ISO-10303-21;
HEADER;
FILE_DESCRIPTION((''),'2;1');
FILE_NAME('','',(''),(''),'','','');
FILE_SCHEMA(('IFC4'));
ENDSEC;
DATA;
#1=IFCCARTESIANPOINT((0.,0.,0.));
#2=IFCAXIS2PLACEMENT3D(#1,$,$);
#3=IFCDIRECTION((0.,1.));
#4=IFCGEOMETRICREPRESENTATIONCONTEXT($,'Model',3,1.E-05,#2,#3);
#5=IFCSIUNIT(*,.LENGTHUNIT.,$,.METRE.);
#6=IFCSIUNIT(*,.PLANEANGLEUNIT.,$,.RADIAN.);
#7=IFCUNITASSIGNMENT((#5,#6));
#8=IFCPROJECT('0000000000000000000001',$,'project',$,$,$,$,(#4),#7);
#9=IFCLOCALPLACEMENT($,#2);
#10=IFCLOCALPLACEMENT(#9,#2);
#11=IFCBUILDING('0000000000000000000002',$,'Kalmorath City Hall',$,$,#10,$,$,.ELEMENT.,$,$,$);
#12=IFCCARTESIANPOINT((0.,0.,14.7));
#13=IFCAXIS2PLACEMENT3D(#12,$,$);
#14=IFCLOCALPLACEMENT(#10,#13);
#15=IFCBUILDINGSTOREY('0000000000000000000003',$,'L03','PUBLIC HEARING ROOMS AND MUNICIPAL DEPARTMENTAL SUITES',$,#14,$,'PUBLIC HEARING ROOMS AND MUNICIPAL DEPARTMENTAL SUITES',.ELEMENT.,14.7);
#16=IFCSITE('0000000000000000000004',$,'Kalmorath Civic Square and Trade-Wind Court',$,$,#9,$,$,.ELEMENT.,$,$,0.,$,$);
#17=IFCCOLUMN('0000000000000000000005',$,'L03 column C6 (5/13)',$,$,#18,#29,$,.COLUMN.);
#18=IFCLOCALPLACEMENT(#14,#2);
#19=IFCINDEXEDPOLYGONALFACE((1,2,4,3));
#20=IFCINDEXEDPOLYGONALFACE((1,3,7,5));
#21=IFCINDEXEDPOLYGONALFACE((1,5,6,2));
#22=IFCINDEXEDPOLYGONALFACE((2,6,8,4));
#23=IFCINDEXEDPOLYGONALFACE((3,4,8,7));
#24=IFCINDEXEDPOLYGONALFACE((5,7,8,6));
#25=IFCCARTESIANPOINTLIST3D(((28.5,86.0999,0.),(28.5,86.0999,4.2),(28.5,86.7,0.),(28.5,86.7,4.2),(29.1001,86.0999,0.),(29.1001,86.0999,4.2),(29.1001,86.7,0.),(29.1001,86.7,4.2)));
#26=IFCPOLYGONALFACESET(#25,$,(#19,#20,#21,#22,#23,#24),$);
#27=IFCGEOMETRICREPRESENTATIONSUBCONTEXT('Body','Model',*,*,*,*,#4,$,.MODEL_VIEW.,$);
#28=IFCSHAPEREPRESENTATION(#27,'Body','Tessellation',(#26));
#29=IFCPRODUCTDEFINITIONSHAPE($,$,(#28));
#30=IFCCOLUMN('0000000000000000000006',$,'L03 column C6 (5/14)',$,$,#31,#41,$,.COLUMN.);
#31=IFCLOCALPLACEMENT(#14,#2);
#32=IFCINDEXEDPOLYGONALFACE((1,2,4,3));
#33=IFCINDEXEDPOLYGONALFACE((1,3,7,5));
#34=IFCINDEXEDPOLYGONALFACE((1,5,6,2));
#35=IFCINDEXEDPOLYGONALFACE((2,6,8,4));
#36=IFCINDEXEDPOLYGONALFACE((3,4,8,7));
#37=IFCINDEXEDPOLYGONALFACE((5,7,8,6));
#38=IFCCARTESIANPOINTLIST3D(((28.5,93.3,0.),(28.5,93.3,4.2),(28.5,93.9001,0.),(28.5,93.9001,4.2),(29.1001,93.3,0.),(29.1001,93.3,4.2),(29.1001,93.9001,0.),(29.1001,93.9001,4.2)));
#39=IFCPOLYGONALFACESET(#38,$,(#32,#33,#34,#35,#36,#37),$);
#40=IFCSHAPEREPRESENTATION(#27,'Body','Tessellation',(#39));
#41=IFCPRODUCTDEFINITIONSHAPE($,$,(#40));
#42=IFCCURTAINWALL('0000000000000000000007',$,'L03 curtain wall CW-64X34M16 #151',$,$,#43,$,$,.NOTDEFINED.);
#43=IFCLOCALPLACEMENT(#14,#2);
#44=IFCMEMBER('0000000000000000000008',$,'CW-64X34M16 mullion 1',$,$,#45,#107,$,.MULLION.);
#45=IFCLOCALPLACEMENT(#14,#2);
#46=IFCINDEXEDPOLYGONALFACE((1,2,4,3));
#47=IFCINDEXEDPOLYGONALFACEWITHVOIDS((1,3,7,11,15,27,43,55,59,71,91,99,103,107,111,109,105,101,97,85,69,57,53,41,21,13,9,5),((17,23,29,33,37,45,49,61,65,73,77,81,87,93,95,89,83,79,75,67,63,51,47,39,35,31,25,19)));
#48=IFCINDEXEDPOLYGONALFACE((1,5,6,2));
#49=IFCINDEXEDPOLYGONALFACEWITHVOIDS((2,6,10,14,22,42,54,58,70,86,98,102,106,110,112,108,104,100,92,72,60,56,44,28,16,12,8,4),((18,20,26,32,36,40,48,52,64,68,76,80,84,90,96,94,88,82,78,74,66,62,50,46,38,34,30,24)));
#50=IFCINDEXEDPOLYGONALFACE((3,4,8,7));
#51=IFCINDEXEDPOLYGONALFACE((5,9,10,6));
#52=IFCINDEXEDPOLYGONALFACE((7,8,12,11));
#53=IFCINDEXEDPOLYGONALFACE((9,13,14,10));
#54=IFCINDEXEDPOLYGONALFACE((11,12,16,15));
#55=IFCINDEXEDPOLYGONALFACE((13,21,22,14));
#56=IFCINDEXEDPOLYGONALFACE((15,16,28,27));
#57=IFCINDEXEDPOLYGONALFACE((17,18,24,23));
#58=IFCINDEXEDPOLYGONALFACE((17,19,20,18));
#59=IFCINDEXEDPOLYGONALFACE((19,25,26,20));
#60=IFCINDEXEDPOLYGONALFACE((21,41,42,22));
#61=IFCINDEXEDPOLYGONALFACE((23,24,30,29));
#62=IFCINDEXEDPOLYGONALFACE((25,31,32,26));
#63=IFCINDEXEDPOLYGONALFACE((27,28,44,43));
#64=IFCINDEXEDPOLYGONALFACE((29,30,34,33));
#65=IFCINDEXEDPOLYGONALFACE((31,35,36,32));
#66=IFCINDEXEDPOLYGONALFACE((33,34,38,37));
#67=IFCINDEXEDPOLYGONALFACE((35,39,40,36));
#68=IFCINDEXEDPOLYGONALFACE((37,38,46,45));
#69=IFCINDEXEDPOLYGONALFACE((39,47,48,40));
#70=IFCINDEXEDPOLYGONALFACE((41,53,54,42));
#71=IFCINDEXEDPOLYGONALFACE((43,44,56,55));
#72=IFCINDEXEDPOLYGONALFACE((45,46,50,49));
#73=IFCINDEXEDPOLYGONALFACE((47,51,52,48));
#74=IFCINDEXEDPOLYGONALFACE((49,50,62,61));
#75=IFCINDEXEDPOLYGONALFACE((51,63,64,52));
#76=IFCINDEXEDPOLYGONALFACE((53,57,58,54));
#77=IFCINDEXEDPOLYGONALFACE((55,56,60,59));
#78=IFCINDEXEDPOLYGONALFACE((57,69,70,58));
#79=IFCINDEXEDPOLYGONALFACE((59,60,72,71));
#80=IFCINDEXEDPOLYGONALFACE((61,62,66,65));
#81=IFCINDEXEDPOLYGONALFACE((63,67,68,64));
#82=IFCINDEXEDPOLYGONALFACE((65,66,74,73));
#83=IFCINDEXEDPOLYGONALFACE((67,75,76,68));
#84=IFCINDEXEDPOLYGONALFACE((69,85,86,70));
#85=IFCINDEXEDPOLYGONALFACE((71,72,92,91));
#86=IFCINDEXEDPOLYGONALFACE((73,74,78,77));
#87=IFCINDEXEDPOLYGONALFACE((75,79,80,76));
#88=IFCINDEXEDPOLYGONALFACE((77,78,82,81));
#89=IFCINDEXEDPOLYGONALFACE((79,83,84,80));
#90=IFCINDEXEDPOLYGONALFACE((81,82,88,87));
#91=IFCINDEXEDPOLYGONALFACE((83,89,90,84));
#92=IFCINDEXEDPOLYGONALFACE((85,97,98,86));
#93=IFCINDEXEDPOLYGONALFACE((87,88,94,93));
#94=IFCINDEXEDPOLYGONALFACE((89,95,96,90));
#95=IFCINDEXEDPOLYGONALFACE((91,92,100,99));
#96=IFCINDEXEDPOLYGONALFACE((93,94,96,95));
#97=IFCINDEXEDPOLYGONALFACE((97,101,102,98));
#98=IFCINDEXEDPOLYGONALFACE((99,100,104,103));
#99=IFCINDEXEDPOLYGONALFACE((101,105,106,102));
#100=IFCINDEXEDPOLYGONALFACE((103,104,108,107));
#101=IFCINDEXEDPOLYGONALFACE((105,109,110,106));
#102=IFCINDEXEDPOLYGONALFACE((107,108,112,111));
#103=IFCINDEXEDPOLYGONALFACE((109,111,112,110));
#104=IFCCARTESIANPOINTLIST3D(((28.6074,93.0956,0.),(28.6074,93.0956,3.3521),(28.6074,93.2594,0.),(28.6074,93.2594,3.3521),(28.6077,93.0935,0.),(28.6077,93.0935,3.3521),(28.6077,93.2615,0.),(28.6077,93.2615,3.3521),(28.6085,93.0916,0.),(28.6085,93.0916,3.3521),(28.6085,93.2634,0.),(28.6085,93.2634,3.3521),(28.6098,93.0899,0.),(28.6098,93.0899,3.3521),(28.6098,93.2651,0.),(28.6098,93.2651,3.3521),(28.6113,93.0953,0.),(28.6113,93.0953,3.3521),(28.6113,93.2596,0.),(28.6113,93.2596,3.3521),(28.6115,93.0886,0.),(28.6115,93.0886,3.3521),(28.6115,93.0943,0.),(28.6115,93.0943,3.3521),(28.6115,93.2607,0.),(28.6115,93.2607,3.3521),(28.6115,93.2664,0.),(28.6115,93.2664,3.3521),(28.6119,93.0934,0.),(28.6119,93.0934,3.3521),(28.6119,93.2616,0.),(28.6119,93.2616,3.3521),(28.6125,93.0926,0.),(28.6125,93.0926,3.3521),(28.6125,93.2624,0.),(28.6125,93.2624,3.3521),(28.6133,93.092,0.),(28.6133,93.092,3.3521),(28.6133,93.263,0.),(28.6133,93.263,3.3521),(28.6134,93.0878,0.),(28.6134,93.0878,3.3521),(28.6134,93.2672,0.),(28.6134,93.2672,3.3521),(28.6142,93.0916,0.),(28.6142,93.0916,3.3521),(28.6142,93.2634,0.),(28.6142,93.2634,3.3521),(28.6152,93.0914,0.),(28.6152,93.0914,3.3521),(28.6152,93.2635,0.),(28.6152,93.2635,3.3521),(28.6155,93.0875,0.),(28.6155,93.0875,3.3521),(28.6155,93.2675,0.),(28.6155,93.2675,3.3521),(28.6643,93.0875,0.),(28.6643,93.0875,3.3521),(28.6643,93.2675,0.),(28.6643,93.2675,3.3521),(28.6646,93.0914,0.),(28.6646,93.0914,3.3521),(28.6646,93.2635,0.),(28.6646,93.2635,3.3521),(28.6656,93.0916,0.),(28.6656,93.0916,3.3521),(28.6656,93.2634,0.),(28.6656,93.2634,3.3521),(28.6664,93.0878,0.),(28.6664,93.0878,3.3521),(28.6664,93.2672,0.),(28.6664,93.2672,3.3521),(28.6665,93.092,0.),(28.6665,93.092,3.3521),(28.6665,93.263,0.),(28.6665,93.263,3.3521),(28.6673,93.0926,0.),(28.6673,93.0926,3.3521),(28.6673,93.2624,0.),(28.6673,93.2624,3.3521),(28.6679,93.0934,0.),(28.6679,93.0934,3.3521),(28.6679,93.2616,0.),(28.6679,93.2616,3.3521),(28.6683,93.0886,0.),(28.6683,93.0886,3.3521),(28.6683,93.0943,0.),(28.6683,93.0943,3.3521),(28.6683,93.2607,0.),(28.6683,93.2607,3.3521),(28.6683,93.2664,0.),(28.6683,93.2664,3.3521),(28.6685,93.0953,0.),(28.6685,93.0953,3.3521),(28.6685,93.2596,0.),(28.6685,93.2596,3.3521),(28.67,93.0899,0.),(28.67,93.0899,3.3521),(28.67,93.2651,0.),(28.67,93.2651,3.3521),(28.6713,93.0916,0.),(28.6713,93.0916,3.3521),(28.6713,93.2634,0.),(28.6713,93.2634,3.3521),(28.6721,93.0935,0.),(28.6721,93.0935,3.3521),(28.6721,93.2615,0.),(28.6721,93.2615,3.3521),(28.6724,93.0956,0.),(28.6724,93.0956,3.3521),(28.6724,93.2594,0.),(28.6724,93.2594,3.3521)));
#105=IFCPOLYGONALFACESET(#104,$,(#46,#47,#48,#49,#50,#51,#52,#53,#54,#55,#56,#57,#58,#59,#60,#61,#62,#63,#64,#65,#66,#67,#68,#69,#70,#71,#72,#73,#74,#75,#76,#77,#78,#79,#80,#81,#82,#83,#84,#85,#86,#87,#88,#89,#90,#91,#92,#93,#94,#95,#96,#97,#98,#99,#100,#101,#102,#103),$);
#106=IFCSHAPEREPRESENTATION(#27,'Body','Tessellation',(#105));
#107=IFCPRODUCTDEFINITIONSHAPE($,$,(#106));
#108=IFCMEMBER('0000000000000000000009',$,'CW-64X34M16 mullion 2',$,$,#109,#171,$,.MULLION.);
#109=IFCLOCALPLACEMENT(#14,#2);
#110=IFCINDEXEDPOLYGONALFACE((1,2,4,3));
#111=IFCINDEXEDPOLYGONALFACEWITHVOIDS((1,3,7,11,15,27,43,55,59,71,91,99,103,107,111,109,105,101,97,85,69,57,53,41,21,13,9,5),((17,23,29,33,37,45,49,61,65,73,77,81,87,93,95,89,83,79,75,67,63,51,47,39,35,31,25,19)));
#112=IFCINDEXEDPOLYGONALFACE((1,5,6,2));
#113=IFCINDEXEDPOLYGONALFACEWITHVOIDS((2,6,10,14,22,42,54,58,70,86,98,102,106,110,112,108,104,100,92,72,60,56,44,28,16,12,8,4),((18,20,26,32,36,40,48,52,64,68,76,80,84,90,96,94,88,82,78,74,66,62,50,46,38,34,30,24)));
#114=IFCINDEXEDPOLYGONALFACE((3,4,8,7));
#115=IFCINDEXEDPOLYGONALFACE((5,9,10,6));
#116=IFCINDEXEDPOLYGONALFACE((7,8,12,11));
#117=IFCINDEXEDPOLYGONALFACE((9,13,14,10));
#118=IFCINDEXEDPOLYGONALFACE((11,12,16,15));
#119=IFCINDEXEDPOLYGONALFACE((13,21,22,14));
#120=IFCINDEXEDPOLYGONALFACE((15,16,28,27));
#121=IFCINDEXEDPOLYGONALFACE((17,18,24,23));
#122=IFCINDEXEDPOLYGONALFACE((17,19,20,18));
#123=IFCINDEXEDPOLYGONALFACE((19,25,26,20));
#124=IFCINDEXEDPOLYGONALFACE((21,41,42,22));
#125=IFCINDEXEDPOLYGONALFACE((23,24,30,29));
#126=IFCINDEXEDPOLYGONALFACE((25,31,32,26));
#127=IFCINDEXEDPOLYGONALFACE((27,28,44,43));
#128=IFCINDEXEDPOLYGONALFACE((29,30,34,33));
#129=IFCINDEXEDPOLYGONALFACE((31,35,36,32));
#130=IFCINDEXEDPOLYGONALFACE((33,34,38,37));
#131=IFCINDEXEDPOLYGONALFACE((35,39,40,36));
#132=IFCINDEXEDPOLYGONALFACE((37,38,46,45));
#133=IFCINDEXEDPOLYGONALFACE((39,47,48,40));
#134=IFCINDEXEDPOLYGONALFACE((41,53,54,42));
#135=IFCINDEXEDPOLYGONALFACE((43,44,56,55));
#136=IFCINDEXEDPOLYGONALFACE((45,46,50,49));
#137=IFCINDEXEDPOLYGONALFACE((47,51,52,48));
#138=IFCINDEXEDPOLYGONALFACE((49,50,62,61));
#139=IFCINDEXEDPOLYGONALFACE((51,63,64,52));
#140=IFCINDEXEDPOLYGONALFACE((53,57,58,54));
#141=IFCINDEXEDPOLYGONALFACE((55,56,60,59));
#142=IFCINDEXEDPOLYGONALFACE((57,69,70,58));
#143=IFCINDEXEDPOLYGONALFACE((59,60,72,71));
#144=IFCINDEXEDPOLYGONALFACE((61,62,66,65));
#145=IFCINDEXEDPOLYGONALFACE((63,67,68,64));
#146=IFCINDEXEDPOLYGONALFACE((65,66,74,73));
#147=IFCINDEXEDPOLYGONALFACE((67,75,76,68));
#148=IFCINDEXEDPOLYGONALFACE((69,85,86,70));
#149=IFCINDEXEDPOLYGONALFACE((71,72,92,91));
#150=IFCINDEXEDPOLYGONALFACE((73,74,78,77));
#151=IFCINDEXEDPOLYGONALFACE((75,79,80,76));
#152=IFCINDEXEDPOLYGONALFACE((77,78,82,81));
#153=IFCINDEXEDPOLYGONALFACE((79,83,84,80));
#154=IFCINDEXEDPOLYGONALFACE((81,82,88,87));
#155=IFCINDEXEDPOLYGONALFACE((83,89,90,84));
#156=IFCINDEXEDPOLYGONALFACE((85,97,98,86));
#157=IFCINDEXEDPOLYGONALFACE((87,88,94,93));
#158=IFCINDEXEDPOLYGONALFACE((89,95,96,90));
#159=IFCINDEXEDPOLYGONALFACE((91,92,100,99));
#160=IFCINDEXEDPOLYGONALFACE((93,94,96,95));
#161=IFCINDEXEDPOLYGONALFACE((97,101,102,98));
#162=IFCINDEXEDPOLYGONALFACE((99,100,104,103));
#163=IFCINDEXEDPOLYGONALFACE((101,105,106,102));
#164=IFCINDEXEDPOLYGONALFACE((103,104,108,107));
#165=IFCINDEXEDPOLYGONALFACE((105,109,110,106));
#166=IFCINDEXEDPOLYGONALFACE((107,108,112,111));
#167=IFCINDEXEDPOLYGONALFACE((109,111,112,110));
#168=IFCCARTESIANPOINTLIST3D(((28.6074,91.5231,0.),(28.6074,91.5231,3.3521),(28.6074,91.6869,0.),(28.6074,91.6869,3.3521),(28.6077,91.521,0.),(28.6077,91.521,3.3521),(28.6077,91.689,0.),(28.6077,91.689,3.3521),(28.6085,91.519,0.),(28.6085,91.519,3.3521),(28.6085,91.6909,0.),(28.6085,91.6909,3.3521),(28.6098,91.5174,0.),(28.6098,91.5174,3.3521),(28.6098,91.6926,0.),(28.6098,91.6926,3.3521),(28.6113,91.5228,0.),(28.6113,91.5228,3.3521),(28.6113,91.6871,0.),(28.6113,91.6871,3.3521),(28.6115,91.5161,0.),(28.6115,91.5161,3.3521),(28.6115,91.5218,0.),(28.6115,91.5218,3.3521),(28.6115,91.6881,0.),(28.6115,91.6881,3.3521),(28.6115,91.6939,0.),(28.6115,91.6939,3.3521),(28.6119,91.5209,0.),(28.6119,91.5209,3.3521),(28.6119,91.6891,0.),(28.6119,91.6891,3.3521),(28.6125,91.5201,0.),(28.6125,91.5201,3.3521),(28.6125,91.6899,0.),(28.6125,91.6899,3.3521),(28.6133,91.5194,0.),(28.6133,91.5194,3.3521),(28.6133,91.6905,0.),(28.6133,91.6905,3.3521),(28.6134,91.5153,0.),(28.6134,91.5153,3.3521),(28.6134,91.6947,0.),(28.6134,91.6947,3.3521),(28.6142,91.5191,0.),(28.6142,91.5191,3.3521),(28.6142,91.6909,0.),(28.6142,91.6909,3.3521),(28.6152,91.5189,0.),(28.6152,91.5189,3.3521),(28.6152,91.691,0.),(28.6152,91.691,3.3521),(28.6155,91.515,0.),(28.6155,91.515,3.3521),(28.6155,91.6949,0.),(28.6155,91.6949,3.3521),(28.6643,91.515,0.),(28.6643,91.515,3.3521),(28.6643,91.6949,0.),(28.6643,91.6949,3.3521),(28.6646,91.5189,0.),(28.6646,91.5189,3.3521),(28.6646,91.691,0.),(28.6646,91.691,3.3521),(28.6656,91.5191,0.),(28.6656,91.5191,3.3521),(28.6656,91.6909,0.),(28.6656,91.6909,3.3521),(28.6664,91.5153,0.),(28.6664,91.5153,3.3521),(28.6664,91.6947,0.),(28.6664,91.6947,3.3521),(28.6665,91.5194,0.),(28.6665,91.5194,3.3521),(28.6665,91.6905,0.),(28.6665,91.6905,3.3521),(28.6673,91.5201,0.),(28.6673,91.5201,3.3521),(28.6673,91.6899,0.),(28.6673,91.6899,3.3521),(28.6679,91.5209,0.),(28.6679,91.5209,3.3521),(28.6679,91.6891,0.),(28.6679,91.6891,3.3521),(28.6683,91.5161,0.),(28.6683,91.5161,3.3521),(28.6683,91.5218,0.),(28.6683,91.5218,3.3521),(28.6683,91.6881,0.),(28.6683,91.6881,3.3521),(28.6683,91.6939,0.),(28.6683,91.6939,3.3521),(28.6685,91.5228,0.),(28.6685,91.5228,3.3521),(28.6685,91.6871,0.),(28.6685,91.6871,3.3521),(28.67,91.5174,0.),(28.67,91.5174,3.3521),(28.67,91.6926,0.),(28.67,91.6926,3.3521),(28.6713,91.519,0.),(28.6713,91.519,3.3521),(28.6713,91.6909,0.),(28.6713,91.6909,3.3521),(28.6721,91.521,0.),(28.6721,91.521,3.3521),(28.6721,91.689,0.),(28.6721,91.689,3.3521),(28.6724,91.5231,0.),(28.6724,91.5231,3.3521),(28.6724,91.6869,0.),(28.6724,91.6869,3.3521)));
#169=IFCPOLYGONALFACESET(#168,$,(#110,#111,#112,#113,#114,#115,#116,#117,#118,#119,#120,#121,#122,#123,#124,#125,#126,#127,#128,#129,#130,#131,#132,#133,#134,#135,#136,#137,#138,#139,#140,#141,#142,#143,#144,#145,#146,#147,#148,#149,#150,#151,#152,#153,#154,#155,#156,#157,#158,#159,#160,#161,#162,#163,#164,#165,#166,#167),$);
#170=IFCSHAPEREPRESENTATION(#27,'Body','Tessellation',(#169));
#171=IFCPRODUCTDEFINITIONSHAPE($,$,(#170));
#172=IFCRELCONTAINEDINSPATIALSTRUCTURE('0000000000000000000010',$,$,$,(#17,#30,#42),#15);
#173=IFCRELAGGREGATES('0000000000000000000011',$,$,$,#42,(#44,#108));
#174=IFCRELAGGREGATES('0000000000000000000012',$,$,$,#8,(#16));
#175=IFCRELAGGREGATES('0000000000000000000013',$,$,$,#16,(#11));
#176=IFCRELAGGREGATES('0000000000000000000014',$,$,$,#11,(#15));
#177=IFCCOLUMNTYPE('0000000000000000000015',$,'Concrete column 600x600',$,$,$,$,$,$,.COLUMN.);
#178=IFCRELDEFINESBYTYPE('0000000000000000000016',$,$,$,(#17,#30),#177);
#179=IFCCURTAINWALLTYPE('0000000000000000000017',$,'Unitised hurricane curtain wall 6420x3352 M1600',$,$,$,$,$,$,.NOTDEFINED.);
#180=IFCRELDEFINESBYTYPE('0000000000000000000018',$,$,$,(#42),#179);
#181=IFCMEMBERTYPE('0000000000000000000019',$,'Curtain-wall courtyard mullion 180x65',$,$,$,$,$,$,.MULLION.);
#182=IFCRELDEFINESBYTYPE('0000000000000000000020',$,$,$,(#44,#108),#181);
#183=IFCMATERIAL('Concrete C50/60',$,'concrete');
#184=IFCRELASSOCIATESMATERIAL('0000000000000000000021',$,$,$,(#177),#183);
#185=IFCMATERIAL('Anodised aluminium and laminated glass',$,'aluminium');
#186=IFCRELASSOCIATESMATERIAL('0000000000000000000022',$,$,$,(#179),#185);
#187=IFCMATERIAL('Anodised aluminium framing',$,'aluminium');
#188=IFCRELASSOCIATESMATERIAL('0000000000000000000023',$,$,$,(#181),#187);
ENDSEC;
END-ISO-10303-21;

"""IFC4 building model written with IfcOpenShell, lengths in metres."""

from ifc_helpers import new_model, si_unit, direction, frame, origin, origin_2d, place, context, subcontext, project, spatial, rectangle, hollow_rectangle, extrude, material, material_profile, profile_set, type_object, element, aggregate, save


model = new_model("IFC4")

# Units and contexts
model_context = context("Model", 3, precision=1e-05, world=origin(), true_north=direction((0.0, 1.0)))
body_context = subcontext(model_context, "Body", "Model", "MODEL_VIEW")
ifc_project = project(units=[si_unit("LENGTHUNIT", "METRE"), si_unit("PLANEANGLEUNIT", "RADIAN")], contexts=[model_context])

# Site, building, storey
site_placement = place(None, origin())
site = spatial("IfcSite", under=ifc_project, at=site_placement, Name="Kalmorath Civic Square and Trade-Wind Court", CompositionType="ELEMENT", RefElevation=0.0)
building_placement = place(site_placement, origin())
building = spatial("IfcBuilding", under=site, at=building_placement, Name="Kalmorath City Hall", CompositionType="ELEMENT")
storey_placement = place(building_placement, frame((0.0, 0.0, 14.7)))
storey = spatial("IfcBuildingStorey", under=building, at=storey_placement, Name="L03", Description="PUBLIC HEARING ROOMS AND MUNICIPAL DEPARTMENTAL SUITES", LongName="PUBLIC HEARING ROOMS AND MUNICIPAL DEPARTMENTAL SUITES", CompositionType="ELEMENT", Elevation=14.7)

# Columns
ifc_material_1 = material(Name="Concrete C50/60", Category="concrete")
ifc_material_profile_1 = material_profile(ifc_material_1, rectangle(XDim=0.6001, YDim=0.6001, at=origin_2d()), Name="RC-COL-600X600")
ifc_profile_set_1 = profile_set([ifc_material_profile_1], Name="Concrete C50/60")
column_type = type_object("IfcColumnType", Name="Concrete column 600x600", PredefinedType="COLUMN", material=ifc_profile_set_1)
for number, where, z_axis, x_axis, name in (
    (1, (28.8, 86.3999, 0.0), (0.0, 0.0, 1.0), (1.0, 0.0, 0.0), "L03 column C6 (5/13)"),
    (2, (28.8, 93.6001, 0.0), (0.0, 0.0, 1.0), (1.0, 0.0, 0.0), "L03 column C6 (5/14)"),
):
    element("IfcColumn", number, at=place(storey_placement, frame(where, z_axis=z_axis, x_axis=x_axis)), inside=storey, type_object=column_type, Name=name, PredefinedType="COLUMN", context=body_context, shape_type="SweptSolid", body=[
        extrude(rectangle(XDim=0.6001, YDim=0.6001, at=origin_2d()), origin(), (0.0, 0.0, 1.0), 4.2),
    ])

# Curtain wall, members
ifc_material_2 = material(Name="Anodised aluminium and laminated glass", Category="aluminium")
curtain_wall_type = type_object("IfcCurtainWallType", Name="Unitised hurricane curtain wall 6420x3352 M1600", PredefinedType="NOTDEFINED", material=ifc_material_2)
curtain_wall_placement = place(storey_placement, origin())
curtain_wall = element("IfcCurtainWall", 3, at=curtain_wall_placement, inside=storey, type_object=curtain_wall_type, Name="L03 curtain wall CW-64X34M16 #151", PredefinedType="NOTDEFINED")
ifc_material_3 = material(Name="Anodised aluminium framing", Category="aluminium")
ifc_material_profile_2 = material_profile(ifc_material_3, hollow_rectangle(XDim=0.0649, YDim=0.1799, WallThickness=0.0039, InnerFilletRadius=0.0039, OuterFilletRadius=0.0081, at=origin_2d()), Name="ALU-MUL-180X65X4")
ifc_profile_set_2 = profile_set([ifc_material_profile_2], Name="Anodised aluminium framing")
member_type_1 = type_object("IfcMemberType", Name="Curtain-wall courtyard mullion 180x65", PredefinedType="MULLION", material=ifc_profile_set_2)
member_1_placement = place(storey_placement, frame((28.6399, 93.1775, 0.0), z_axis=(0.0, 0.0, 1.0), x_axis=(1.0, 0.0, 0.0)))
member_1 = element("IfcMember", 4, at=member_1_placement, type_object=member_type_1, Name="CW-64X34M16 mullion 1", PredefinedType="MULLION", context=body_context, shape_type="SweptSolid", body=[
    extrude(hollow_rectangle(XDim=0.0649, YDim=0.1799, WallThickness=0.0039, InnerFilletRadius=0.0039, OuterFilletRadius=0.0081, at=origin_2d()), origin(), (0.0, 0.0, 1.0), 3.3521),
])
member_2_placement = place(storey_placement, frame((28.6399, 91.605, 0.0), z_axis=(0.0, 0.0, 1.0), x_axis=(1.0, 0.0, 0.0)))
member_2 = element("IfcMember", 5, at=member_2_placement, type_object=member_type_1, Name="CW-64X34M16 mullion 2", PredefinedType="MULLION", context=body_context, shape_type="SweptSolid", body=[
    extrude(hollow_rectangle(XDim=0.0649, YDim=0.1799, WallThickness=0.0039, InnerFilletRadius=0.0039, OuterFilletRadius=0.0081, at=origin_2d()), origin(), (0.0, 0.0, 1.0), 3.3521),
])

aggregate(curtain_wall, [member_1, member_2])

save(model, "model.ifc")
